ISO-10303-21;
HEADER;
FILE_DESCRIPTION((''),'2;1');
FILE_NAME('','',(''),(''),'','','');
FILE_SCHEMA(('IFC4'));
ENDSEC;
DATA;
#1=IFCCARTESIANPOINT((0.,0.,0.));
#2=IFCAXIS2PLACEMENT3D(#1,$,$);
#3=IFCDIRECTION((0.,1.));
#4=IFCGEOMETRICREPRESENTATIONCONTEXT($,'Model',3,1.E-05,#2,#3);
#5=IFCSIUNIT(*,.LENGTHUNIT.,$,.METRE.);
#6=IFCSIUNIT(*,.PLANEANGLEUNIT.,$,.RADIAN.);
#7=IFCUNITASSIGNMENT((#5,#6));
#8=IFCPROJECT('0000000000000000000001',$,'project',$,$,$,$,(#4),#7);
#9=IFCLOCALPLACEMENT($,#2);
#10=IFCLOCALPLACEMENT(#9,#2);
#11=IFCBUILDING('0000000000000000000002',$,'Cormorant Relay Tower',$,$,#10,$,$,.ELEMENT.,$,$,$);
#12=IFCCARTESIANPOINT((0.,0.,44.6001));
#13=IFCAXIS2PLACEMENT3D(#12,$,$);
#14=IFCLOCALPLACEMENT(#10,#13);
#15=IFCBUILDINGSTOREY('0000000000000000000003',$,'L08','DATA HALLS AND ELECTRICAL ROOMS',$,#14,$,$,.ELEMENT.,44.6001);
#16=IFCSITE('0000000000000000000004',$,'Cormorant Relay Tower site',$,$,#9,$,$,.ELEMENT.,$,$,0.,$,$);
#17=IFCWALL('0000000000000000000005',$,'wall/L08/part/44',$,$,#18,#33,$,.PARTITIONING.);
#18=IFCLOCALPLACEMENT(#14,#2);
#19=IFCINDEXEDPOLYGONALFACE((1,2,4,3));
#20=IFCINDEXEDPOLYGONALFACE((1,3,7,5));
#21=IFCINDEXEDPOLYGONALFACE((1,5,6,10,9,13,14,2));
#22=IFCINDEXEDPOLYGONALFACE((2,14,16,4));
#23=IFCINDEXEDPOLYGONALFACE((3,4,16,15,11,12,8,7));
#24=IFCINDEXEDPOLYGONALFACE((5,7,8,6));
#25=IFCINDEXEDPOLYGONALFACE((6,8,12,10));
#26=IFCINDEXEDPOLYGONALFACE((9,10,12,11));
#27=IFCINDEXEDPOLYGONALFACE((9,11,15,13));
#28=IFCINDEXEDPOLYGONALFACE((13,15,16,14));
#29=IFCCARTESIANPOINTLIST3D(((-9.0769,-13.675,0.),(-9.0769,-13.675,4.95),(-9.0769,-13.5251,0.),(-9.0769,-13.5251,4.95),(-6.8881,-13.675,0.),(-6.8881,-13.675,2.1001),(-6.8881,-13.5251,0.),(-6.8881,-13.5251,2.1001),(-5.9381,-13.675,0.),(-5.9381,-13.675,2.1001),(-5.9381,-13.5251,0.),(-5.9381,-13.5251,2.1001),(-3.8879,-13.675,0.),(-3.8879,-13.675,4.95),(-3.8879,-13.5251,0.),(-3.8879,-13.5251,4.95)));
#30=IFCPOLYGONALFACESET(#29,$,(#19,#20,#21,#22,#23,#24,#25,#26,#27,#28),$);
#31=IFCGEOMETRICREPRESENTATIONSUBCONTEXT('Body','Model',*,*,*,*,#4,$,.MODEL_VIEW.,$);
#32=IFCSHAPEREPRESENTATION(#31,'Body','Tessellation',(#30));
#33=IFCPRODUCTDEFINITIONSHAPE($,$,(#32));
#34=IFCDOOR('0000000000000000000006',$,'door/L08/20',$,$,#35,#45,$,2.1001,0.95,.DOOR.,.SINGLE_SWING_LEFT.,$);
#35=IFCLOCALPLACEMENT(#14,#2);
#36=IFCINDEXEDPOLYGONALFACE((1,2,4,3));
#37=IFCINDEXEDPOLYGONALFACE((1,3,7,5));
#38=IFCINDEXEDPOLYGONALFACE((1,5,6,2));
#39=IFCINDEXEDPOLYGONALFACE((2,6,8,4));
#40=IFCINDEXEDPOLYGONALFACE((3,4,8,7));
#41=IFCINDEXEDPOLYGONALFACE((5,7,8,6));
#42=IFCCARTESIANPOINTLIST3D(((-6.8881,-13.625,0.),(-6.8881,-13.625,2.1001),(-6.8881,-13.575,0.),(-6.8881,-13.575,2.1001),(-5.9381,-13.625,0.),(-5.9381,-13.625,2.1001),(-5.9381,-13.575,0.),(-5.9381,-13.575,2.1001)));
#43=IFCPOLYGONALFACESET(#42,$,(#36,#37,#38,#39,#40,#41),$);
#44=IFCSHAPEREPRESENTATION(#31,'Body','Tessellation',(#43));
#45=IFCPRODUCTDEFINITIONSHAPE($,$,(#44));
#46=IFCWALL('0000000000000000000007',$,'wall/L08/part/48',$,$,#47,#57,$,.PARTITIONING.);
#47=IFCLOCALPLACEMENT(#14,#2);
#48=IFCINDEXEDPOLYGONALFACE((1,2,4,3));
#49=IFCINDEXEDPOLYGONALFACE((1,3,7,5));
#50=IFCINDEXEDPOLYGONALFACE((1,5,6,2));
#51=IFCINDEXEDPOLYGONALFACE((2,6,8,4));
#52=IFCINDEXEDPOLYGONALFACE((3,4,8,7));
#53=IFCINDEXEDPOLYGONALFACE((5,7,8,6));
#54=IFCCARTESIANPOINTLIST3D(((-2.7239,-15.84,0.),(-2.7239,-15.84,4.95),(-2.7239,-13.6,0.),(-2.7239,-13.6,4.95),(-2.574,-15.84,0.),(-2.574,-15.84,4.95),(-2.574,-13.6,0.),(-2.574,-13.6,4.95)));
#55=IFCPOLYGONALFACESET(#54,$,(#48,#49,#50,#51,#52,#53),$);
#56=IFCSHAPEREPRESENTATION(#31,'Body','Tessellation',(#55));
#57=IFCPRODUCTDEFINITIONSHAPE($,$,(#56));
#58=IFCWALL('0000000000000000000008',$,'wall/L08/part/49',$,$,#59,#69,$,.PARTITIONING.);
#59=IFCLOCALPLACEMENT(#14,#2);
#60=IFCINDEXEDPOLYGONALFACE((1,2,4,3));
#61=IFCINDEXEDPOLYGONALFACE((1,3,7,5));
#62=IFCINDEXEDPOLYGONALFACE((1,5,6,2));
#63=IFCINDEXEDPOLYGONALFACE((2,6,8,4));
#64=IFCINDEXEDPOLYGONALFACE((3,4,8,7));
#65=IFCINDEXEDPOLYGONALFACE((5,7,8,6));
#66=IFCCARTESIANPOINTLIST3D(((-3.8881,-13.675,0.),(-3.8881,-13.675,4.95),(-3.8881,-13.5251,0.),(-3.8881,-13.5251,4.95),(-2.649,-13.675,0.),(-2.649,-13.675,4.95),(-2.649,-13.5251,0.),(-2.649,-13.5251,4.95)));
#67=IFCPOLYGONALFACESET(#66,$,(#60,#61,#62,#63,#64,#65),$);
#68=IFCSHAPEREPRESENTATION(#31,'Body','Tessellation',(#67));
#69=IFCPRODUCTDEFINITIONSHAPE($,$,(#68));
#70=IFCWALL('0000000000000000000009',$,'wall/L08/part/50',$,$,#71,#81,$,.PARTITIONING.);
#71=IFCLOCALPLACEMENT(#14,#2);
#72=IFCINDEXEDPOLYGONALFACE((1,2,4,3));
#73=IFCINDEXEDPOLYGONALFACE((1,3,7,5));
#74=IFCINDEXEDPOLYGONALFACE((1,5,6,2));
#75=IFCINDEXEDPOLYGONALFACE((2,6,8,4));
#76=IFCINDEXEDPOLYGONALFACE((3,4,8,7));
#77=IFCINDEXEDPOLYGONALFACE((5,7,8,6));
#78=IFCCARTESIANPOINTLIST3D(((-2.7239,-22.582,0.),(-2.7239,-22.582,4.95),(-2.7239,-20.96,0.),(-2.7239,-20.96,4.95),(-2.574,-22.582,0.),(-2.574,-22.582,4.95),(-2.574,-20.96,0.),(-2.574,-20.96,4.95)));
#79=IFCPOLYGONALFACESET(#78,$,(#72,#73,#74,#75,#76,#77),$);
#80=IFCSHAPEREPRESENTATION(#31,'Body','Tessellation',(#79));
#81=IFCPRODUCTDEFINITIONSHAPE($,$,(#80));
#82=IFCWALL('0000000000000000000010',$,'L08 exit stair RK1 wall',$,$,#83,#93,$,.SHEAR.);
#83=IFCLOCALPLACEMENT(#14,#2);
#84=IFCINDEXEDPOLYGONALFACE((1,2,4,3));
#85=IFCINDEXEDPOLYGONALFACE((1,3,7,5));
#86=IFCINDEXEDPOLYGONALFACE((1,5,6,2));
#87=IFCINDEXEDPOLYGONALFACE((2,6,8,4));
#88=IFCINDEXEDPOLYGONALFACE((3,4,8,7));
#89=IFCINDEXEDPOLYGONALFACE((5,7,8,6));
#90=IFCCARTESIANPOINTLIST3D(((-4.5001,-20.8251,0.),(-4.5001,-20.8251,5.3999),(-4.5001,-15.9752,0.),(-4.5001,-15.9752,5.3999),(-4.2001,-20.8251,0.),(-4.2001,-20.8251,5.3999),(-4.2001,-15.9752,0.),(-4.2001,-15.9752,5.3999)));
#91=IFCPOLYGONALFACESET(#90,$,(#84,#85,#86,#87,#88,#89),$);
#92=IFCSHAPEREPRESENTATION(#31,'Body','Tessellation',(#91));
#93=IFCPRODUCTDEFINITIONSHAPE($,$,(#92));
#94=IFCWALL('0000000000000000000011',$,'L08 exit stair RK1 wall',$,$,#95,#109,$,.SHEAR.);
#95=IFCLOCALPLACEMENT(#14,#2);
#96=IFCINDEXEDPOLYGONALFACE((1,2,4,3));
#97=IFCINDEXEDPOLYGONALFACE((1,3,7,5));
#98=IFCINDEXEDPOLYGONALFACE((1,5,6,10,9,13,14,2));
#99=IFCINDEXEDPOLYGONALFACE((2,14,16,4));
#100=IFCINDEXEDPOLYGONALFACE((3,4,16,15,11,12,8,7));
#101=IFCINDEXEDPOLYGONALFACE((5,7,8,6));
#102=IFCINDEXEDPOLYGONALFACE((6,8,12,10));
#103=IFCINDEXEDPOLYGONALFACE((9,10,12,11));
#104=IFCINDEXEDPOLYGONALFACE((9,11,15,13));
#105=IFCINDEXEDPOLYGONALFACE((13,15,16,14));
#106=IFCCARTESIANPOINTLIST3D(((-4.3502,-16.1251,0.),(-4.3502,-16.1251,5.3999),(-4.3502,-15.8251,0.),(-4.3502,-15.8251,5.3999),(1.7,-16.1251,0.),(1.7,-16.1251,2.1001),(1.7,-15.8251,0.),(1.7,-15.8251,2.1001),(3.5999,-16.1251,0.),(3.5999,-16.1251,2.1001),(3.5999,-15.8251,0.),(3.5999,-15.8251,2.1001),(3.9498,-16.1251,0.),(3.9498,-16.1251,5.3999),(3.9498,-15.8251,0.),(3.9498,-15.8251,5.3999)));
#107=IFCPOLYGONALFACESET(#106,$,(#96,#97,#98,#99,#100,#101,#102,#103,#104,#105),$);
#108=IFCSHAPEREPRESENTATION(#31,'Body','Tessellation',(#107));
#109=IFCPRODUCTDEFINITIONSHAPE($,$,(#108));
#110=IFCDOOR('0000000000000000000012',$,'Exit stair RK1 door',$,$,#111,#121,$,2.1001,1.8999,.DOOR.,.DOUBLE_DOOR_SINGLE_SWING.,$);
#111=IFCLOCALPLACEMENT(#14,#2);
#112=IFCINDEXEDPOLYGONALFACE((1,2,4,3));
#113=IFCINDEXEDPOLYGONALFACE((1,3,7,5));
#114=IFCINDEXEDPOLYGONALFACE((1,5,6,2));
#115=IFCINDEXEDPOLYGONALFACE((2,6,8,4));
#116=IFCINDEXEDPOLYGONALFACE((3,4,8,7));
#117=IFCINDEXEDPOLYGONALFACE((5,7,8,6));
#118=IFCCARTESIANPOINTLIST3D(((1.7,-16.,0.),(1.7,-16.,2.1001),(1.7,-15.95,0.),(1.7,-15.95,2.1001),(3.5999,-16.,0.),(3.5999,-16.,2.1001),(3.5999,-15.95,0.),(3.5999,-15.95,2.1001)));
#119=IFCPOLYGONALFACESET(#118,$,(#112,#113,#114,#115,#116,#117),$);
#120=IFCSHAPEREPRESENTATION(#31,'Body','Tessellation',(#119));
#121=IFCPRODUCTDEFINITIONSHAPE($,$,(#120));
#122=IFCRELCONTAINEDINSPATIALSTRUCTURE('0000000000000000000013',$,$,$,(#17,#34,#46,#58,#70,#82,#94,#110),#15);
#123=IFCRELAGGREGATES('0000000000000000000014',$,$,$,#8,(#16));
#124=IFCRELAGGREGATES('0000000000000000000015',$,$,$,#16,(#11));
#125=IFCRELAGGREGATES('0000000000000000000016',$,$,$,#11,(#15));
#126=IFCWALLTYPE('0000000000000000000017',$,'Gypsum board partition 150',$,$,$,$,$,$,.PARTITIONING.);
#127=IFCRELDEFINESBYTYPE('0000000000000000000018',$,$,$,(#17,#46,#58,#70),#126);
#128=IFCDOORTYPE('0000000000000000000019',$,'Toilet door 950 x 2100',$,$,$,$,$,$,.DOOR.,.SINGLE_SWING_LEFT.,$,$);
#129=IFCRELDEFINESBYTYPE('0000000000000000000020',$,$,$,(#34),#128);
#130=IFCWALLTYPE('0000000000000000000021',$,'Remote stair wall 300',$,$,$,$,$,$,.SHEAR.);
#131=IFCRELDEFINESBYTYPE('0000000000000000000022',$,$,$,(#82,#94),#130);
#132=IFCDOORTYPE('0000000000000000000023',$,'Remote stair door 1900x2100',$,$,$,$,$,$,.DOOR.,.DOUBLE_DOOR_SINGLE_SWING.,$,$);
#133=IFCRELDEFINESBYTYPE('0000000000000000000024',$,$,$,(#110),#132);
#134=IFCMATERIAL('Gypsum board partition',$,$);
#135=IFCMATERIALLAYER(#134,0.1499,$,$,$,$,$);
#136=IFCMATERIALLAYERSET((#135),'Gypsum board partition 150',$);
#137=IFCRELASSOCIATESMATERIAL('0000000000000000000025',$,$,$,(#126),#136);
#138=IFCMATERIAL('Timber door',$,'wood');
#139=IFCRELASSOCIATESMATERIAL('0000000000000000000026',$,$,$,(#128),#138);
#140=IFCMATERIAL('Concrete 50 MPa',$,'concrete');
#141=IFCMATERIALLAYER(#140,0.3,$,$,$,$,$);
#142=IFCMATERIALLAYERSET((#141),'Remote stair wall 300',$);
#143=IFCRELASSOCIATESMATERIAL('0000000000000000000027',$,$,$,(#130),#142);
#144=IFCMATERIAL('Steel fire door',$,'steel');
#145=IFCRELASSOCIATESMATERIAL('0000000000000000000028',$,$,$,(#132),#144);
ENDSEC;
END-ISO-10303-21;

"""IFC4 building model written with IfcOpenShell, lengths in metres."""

from ifc_helpers import new_model, si_unit, direction, frame, frame_2d, origin, place, context, subcontext, project, spatial, rectangle, extrude, material, layer, layer_set, type_object, element, fill, save


model = new_model("IFC4")

# Units and contexts
model_context = context("Model", 3, precision=1e-05, world=origin(), true_north=direction((0.0, 1.0)))
body_context = subcontext(model_context, "Body", "Model", "MODEL_VIEW")
ifc_project = project(units=[si_unit("LENGTHUNIT", "METRE"), si_unit("PLANEANGLEUNIT", "RADIAN")], contexts=[model_context])

# Site, building, storey
site_placement = place(None, origin())
site = spatial("IfcSite", under=ifc_project, at=site_placement, Name="Cormorant Relay Tower site", CompositionType="ELEMENT", RefElevation=0.0)
building_placement = place(site_placement, origin())
building = spatial("IfcBuilding", under=site, at=building_placement, Name="Cormorant Relay Tower", CompositionType="ELEMENT")
storey_placement = place(building_placement, frame((0.0, 0.0, 44.6001)))
storey = spatial("IfcBuildingStorey", under=building, at=storey_placement, Name="L08", Description="DATA HALLS AND ELECTRICAL ROOMS", CompositionType="ELEMENT", Elevation=44.6001)

# Wall, opening, door
ifc_material_1 = material(Name="Gypsum board partition")
ifc_layer_1 = layer(ifc_material_1, 0.1499)
ifc_layer_set_1 = layer_set([ifc_layer_1], Name="Gypsum board partition 150")
wall_type_1 = type_object("IfcWallType", Name="Gypsum board partition 150", PredefinedType="PARTITIONING", material=ifc_layer_set_1)
wall_1_placement = place(storey_placement, frame((-3.8879, -13.6001, 0.0), z_axis=(0.0, 0.0, 1.0), x_axis=(-1.0, 0.0, 0.0)))
wall_1 = element("IfcWall", 1, at=wall_1_placement, inside=storey, type_object=wall_type_1, Name="wall/L08/part/44", PredefinedType="PARTITIONING", context=body_context, shape_type="SweptSolid", body=[
    extrude(rectangle(XDim=5.189, YDim=0.1499, at=frame_2d((2.5945, 0.0))), origin(), (0.0, 0.0, 1.0), 4.95),
])
opening_1_placement = place(wall_1_placement, frame((2.05, 0.0, 0.0)))
opening_1 = element("IfcOpeningElement", 2, at=opening_1_placement, cuts=wall_1, PredefinedType="OPENING", context=body_context, shape_type="SweptSolid", body=[
    extrude(rectangle(XDim=0.95, YDim=2.1001, at=frame_2d((0.4751, 1.05))), frame((0.0, 0.085, 0.0), z_axis=(0.0, -1.0, 0.0), x_axis=(1.0, 0.0, 0.0)), (0.0, 0.0, 1.0), 0.1699),
])
ifc_material_2 = material(Name="Timber door", Category="wood")
door_type_1 = type_object("IfcDoorType", Name="Toilet door 950 x 2100", OperationType="SINGLE_SWING_LEFT", PredefinedType="DOOR", material=ifc_material_2)
door_1_placement = place(opening_1_placement, origin())
door_1 = element("IfcDoor", 3, at=door_1_placement, inside=storey, type_object=door_type_1, Name="door/L08/20", OperationType="SINGLE_SWING_LEFT", OverallHeight=2.1001, OverallWidth=0.95, PredefinedType="DOOR", context=body_context, shape_type="SweptSolid", body=[
    extrude(rectangle(XDim=0.95, YDim=2.1001, at=frame_2d((0.4751, 1.05))), frame((0.0, 0.0249, 0.0), z_axis=(0.0, -1.0, 0.0), x_axis=(1.0, 0.0, 0.0)), (0.0, 0.0, 1.0), 0.05),
])
fill(opening_1, door_1)

# Walls
wall_2_placement = place(storey_placement, frame((-2.6489, -15.8401, 0.0), z_axis=(0.0, 0.0, 1.0), x_axis=(0.0, 1.0, 0.0)))
element("IfcWall", 4, at=wall_2_placement, inside=storey, type_object=wall_type_1, Name="wall/L08/part/48", PredefinedType="PARTITIONING", context=body_context, shape_type="SweptSolid", body=[
    extrude(rectangle(XDim=2.24, YDim=0.1499, at=frame_2d((1.1201, 0.0))), origin(), (0.0, 0.0, 1.0), 4.95),
])
wall_3_placement = place(storey_placement, frame((-2.6489, -13.6001, 0.0), z_axis=(0.0, 0.0, 1.0), x_axis=(-1.0, 0.0, 0.0)))
element("IfcWall", 5, at=wall_3_placement, inside=storey, type_object=wall_type_1, Name="wall/L08/part/49", PredefinedType="PARTITIONING", context=body_context, shape_type="SweptSolid", body=[
    extrude(rectangle(XDim=1.239, YDim=0.1499, at=frame_2d((0.6196, 0.0))), origin(), (0.0, 0.0, 1.0), 4.95),
])
wall_4_placement = place(storey_placement, frame((-2.6489, -20.96, 0.0), z_axis=(0.0, 0.0, 1.0), x_axis=(0.0, -1.0, 0.0)))
element("IfcWall", 6, at=wall_4_placement, inside=storey, type_object=wall_type_1, Name="wall/L08/part/50", PredefinedType="PARTITIONING", context=body_context, shape_type="SweptSolid", body=[
    extrude(rectangle(XDim=1.6221, YDim=0.1499, at=frame_2d((0.811, 0.0))), origin(), (0.0, 0.0, 1.0), 4.95),
])
ifc_material_3 = material(Name="Concrete 50 MPa", Category="concrete")
ifc_layer_2 = layer(ifc_material_3, 0.3)
ifc_layer_set_2 = layer_set([ifc_layer_2], Name="Remote stair wall 300")
wall_type_2 = type_object("IfcWallType", Name="Remote stair wall 300", PredefinedType="SHEAR", material=ifc_layer_set_2)
wall_5_placement = place(storey_placement, frame((-4.3501, -20.825, 0.0), z_axis=(0.0, 0.0, 1.0), x_axis=(0.0, 1.0, 0.0)))
element("IfcWall", 7, at=wall_5_placement, inside=storey, type_object=wall_type_2, Name="L08 exit stair RK1 wall", PredefinedType="SHEAR", context=body_context, shape_type="SweptSolid", body=[
    extrude(rectangle(XDim=4.8499, YDim=0.3, at=frame_2d((2.4248, 0.0))), origin(), (0.0, 0.0, 1.0), 5.3999),
])

# Wall, opening, door
wall_6_placement = place(storey_placement, frame((-4.3501, -15.9751, 0.0), z_axis=(0.0, 0.0, 1.0), x_axis=(1.0, 0.0, 0.0)))
wall_6 = element("IfcWall", 8, at=wall_6_placement, inside=storey, type_object=wall_type_2, Name="L08 exit stair RK1 wall", PredefinedType="SHEAR", context=body_context, shape_type="SweptSolid", body=[
    extrude(rectangle(XDim=8.3, YDim=0.3, at=frame_2d((4.1499, 0.0))), origin(), (0.0, 0.0, 1.0), 5.3999),
])
opening_2_placement = place(wall_6_placement, frame((6.05, 0.0, 0.0)))
opening_2 = element("IfcOpeningElement", 9, at=opening_2_placement, cuts=wall_6, PredefinedType="OPENING", context=body_context, shape_type="SweptSolid", body=[
    extrude(rectangle(XDim=1.8999, YDim=2.1001, at=frame_2d((0.95, 1.05))), frame((0.0, 0.1599, 0.0), z_axis=(0.0, -1.0, 0.0), x_axis=(1.0, 0.0, 0.0)), (0.0, 0.0, 1.0), 0.3201),
])
ifc_material_4 = material(Name="Steel fire door", Category="steel")
door_type_2 = type_object("IfcDoorType", Name="Remote stair door 1900x2100", OperationType="DOUBLE_DOOR_SINGLE_SWING", PredefinedType="DOOR", material=ifc_material_4)
door_2_placement = place(opening_2_placement, frame((1.8999, 0.0, 0.0), z_axis=(0.0, 0.0, 1.0), x_axis=(-1.0, 0.0, 0.0)))
door_2 = element("IfcDoor", 10, at=door_2_placement, inside=storey, type_object=door_type_2, Name="Exit stair RK1 door", OperationType="DOUBLE_DOOR_SINGLE_SWING", OverallHeight=2.1001, OverallWidth=1.8999, PredefinedType="DOOR", context=body_context, shape_type="SweptSolid", body=[
    extrude(rectangle(XDim=1.8999, YDim=2.1001, at=frame_2d((0.95, 1.05))), frame((0.0, 0.0249, 0.0), z_axis=(0.0, -1.0, 0.0), x_axis=(1.0, 0.0, 0.0)), (0.0, 0.0, 1.0), 0.05),
])
fill(opening_2, door_2)

save(model, "model.ifc")
